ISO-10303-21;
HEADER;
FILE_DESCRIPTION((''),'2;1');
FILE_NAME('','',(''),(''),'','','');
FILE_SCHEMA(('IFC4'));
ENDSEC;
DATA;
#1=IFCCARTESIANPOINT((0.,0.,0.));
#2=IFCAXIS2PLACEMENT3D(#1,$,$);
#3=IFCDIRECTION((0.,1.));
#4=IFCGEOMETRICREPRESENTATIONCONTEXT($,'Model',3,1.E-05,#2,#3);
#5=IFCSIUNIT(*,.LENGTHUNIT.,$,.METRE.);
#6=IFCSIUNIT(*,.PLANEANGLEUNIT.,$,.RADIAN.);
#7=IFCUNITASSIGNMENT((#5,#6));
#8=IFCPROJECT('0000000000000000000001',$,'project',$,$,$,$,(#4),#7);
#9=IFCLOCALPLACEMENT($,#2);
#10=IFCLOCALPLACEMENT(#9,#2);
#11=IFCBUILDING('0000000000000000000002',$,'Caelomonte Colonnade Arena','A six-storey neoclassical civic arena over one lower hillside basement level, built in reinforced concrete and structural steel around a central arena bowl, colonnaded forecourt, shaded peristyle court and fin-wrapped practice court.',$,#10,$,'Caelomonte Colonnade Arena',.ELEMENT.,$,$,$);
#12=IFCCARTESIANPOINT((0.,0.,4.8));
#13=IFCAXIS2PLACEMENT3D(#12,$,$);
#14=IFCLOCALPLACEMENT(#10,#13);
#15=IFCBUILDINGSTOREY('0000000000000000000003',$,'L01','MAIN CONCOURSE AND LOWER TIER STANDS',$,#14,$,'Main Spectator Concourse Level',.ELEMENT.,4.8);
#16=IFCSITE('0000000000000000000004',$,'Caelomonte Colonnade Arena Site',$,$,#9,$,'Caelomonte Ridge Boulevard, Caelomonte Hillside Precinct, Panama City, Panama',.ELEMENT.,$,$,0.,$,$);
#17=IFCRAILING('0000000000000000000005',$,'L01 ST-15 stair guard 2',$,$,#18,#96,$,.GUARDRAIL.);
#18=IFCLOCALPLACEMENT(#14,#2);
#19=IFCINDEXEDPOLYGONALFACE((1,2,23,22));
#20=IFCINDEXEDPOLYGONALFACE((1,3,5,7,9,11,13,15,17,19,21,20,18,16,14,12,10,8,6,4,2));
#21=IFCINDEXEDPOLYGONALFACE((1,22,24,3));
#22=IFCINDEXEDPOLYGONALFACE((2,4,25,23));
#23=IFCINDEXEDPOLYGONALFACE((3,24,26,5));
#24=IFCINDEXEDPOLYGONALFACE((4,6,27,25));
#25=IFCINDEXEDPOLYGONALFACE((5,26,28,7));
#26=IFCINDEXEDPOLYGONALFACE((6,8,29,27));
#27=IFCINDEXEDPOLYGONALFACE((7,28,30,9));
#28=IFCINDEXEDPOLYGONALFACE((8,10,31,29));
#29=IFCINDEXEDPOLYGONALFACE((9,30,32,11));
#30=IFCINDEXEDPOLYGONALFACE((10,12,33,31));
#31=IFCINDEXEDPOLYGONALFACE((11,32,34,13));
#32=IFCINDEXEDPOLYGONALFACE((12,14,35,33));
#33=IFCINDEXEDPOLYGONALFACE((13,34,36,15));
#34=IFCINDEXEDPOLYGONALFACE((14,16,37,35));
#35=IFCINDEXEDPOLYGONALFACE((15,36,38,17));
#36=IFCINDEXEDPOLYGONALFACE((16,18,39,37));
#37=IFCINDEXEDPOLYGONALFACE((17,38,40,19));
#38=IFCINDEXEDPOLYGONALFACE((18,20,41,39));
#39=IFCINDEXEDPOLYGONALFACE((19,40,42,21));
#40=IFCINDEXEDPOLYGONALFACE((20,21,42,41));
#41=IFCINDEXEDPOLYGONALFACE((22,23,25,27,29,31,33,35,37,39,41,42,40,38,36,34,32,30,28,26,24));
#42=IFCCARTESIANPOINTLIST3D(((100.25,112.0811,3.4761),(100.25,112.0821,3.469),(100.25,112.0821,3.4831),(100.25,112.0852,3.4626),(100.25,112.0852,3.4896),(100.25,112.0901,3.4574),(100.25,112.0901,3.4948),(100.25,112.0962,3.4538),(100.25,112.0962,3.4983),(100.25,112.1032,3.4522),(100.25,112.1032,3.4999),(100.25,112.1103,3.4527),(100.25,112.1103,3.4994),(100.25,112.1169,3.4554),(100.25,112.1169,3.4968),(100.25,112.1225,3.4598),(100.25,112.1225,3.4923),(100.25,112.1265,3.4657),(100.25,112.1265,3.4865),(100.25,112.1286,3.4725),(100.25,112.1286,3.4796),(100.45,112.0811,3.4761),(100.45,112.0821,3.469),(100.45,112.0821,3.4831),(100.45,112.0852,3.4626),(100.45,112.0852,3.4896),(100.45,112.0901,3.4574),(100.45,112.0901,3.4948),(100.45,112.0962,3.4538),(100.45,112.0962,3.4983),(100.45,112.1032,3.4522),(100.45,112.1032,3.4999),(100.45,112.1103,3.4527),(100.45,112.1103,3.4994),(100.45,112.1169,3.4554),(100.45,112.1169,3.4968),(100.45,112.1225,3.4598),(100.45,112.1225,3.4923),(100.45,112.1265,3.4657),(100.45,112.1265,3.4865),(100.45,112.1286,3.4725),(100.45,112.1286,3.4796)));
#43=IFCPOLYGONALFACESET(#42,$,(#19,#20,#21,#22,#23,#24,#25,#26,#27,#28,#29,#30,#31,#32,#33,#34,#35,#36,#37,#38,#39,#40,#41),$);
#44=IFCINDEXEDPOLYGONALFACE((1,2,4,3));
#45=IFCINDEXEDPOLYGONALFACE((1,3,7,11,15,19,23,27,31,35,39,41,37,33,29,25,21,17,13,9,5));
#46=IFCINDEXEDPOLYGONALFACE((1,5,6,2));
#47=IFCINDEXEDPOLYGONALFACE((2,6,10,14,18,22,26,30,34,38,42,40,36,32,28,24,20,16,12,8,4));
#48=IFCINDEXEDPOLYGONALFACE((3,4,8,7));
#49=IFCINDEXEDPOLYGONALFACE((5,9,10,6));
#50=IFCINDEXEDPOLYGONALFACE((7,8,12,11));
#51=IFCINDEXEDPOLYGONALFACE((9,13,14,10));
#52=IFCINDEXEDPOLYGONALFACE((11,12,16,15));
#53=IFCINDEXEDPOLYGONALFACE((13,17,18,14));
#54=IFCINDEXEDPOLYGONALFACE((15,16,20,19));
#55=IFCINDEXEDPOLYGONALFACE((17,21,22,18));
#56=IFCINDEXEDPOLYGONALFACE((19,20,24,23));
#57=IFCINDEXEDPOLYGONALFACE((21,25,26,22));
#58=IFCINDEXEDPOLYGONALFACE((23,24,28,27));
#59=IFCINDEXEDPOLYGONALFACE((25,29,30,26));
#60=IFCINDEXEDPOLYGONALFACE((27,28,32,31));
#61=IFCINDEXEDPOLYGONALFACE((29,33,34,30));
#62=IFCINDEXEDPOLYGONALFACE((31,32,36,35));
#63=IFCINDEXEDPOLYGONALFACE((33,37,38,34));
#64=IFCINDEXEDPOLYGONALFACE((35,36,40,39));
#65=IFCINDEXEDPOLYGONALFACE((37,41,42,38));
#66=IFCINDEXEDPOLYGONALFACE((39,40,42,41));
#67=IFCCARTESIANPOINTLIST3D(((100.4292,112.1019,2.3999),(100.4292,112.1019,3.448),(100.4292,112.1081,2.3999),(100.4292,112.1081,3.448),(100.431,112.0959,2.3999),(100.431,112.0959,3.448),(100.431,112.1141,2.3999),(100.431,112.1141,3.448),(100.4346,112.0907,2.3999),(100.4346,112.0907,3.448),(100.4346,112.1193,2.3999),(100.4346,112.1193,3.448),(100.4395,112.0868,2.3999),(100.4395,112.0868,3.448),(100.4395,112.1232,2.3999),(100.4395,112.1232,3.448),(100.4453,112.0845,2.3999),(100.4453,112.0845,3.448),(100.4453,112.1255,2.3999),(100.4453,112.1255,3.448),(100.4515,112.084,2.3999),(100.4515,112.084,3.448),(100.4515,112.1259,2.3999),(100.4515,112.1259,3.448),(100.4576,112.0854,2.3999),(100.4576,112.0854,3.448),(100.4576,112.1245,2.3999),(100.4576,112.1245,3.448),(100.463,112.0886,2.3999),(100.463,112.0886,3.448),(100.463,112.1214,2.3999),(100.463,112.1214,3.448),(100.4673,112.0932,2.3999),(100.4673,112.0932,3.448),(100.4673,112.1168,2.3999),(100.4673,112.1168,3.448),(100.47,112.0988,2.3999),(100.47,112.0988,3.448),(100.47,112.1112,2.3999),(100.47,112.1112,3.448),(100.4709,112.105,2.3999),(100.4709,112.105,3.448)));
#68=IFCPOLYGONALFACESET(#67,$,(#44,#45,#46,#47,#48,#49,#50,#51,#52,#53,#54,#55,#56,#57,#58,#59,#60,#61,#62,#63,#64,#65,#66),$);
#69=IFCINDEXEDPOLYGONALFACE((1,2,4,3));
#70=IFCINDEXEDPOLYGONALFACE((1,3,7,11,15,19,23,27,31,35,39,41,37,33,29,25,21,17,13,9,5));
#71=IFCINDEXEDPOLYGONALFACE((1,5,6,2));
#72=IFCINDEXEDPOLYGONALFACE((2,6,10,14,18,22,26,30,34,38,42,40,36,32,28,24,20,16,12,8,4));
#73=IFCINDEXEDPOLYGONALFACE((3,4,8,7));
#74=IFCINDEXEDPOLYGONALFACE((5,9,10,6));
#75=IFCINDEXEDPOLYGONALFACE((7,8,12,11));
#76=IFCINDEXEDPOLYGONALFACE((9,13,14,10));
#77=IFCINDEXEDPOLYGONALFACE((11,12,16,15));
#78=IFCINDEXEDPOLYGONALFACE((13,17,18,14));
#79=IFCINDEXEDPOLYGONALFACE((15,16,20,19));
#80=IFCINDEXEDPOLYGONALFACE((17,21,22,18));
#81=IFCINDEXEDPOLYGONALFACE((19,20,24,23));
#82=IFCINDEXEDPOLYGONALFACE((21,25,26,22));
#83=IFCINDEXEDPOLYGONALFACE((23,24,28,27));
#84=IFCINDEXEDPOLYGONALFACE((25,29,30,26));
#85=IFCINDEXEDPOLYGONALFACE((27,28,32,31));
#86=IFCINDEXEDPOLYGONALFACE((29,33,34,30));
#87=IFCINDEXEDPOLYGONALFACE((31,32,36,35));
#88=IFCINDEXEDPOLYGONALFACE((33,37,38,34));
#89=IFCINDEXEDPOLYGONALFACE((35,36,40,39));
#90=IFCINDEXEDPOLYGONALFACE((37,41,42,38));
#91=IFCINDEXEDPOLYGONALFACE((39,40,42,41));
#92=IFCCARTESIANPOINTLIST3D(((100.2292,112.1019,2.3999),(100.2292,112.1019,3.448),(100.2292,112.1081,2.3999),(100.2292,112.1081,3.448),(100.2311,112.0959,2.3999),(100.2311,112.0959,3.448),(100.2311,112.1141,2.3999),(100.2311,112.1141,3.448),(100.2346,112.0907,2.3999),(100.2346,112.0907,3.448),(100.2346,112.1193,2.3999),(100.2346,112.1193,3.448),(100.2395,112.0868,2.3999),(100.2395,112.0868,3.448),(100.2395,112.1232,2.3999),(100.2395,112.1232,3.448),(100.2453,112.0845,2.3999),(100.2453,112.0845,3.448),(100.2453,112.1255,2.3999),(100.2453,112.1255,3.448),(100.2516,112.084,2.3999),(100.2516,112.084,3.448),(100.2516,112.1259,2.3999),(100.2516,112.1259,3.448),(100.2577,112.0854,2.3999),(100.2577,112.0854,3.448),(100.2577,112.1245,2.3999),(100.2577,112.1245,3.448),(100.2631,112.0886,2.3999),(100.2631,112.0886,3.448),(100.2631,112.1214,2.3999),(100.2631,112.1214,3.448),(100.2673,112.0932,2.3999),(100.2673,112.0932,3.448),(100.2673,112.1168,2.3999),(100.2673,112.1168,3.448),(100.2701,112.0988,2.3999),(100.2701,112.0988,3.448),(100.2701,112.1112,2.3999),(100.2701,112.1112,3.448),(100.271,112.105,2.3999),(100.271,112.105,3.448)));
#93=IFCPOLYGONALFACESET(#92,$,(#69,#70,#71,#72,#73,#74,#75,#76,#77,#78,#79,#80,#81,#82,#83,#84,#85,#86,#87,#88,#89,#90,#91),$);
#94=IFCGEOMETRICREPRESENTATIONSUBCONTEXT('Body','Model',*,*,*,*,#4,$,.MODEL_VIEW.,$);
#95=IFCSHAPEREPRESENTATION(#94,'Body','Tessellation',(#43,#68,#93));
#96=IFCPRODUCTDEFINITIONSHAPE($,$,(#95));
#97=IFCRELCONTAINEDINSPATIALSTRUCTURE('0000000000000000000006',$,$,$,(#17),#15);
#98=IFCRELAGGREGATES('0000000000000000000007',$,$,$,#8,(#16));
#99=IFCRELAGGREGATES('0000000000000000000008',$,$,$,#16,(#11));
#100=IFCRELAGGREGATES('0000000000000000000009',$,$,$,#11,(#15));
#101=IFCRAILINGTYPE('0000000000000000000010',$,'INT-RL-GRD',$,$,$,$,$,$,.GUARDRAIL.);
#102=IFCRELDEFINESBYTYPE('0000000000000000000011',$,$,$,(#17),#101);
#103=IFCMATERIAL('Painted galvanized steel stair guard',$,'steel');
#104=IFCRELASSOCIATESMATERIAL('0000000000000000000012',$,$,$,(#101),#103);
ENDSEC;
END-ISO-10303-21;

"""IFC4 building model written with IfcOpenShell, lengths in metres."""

from ifc_helpers import new_model, si_unit, direction, frame, origin, origin_2d, place, context, subcontext, project, spatial, circle, extrude, material, type_object, element, save


model = new_model("IFC4")

# Units and contexts
model_context = context("Model", 3, precision=1e-05, world=origin(), true_north=direction((0.0, 1.0)))
body_context = subcontext(model_context, "Body", "Model", "MODEL_VIEW")
ifc_project = project(units=[si_unit("LENGTHUNIT", "METRE"), si_unit("PLANEANGLEUNIT", "RADIAN")], contexts=[model_context])

# Site, building, storey
site_placement = place(None, origin())
site = spatial("IfcSite", under=ifc_project, at=site_placement, Name="Caelomonte Colonnade Arena Site", LongName="Caelomonte Ridge Boulevard, Caelomonte Hillside Precinct, Panama City, Panama", CompositionType="ELEMENT", RefElevation=0.0)
building_placement = place(site_placement, origin())
building = spatial("IfcBuilding", under=site, at=building_placement, Name="Caelomonte Colonnade Arena", Description="A six-storey neoclassical civic arena over one lower hillside basement level, built in reinforced concrete and structural steel around a central arena bowl, colonnaded forecourt, shaded peristyle court and fin-wrapped practice court.", LongName="Caelomonte Colonnade Arena", CompositionType="ELEMENT")
storey_placement = place(building_placement, frame((0.0, 0.0, 4.8)))
storey = spatial("IfcBuildingStorey", under=building, at=storey_placement, Name="L01", Description="MAIN CONCOURSE AND LOWER TIER STANDS", LongName="Main Spectator Concourse Level", CompositionType="ELEMENT", Elevation=4.8)

# Railing
ifc_material_1 = material(Name="Painted galvanized steel stair guard", Category="steel")
railing_type_1 = type_object("IfcRailingType", Name="INT-RL-GRD", PredefinedType="GUARDRAIL", material=ifc_material_1)
railing_1_placement = place(storey_placement, frame((100.45, 112.105, 2.3999)))
element("IfcRailing", 1, at=railing_1_placement, inside=storey, type_object=railing_type_1, Name="L01 ST-15 stair guard 2", PredefinedType="GUARDRAIL", context=body_context, shape_type="SweptSolid", body=[
    extrude(circle(Radius=0.0239, at=origin_2d()), frame((0.0, 0.0, 1.0762), z_axis=(-1.0, 0.0, 0.0), x_axis=(0.0, -1.0, 0.0)), (0.0, 0.0, 1.0), 0.2),
    extrude(circle(Radius=0.021, at=origin_2d()), origin(), (0.0, 0.0, 1.0), 1.0481),
    extrude(circle(Radius=0.021, at=origin_2d()), frame((-0.2, 0.0, 0.0)), (0.0, 0.0, 1.0), 1.0481),
])

save(model, "model.ifc")
